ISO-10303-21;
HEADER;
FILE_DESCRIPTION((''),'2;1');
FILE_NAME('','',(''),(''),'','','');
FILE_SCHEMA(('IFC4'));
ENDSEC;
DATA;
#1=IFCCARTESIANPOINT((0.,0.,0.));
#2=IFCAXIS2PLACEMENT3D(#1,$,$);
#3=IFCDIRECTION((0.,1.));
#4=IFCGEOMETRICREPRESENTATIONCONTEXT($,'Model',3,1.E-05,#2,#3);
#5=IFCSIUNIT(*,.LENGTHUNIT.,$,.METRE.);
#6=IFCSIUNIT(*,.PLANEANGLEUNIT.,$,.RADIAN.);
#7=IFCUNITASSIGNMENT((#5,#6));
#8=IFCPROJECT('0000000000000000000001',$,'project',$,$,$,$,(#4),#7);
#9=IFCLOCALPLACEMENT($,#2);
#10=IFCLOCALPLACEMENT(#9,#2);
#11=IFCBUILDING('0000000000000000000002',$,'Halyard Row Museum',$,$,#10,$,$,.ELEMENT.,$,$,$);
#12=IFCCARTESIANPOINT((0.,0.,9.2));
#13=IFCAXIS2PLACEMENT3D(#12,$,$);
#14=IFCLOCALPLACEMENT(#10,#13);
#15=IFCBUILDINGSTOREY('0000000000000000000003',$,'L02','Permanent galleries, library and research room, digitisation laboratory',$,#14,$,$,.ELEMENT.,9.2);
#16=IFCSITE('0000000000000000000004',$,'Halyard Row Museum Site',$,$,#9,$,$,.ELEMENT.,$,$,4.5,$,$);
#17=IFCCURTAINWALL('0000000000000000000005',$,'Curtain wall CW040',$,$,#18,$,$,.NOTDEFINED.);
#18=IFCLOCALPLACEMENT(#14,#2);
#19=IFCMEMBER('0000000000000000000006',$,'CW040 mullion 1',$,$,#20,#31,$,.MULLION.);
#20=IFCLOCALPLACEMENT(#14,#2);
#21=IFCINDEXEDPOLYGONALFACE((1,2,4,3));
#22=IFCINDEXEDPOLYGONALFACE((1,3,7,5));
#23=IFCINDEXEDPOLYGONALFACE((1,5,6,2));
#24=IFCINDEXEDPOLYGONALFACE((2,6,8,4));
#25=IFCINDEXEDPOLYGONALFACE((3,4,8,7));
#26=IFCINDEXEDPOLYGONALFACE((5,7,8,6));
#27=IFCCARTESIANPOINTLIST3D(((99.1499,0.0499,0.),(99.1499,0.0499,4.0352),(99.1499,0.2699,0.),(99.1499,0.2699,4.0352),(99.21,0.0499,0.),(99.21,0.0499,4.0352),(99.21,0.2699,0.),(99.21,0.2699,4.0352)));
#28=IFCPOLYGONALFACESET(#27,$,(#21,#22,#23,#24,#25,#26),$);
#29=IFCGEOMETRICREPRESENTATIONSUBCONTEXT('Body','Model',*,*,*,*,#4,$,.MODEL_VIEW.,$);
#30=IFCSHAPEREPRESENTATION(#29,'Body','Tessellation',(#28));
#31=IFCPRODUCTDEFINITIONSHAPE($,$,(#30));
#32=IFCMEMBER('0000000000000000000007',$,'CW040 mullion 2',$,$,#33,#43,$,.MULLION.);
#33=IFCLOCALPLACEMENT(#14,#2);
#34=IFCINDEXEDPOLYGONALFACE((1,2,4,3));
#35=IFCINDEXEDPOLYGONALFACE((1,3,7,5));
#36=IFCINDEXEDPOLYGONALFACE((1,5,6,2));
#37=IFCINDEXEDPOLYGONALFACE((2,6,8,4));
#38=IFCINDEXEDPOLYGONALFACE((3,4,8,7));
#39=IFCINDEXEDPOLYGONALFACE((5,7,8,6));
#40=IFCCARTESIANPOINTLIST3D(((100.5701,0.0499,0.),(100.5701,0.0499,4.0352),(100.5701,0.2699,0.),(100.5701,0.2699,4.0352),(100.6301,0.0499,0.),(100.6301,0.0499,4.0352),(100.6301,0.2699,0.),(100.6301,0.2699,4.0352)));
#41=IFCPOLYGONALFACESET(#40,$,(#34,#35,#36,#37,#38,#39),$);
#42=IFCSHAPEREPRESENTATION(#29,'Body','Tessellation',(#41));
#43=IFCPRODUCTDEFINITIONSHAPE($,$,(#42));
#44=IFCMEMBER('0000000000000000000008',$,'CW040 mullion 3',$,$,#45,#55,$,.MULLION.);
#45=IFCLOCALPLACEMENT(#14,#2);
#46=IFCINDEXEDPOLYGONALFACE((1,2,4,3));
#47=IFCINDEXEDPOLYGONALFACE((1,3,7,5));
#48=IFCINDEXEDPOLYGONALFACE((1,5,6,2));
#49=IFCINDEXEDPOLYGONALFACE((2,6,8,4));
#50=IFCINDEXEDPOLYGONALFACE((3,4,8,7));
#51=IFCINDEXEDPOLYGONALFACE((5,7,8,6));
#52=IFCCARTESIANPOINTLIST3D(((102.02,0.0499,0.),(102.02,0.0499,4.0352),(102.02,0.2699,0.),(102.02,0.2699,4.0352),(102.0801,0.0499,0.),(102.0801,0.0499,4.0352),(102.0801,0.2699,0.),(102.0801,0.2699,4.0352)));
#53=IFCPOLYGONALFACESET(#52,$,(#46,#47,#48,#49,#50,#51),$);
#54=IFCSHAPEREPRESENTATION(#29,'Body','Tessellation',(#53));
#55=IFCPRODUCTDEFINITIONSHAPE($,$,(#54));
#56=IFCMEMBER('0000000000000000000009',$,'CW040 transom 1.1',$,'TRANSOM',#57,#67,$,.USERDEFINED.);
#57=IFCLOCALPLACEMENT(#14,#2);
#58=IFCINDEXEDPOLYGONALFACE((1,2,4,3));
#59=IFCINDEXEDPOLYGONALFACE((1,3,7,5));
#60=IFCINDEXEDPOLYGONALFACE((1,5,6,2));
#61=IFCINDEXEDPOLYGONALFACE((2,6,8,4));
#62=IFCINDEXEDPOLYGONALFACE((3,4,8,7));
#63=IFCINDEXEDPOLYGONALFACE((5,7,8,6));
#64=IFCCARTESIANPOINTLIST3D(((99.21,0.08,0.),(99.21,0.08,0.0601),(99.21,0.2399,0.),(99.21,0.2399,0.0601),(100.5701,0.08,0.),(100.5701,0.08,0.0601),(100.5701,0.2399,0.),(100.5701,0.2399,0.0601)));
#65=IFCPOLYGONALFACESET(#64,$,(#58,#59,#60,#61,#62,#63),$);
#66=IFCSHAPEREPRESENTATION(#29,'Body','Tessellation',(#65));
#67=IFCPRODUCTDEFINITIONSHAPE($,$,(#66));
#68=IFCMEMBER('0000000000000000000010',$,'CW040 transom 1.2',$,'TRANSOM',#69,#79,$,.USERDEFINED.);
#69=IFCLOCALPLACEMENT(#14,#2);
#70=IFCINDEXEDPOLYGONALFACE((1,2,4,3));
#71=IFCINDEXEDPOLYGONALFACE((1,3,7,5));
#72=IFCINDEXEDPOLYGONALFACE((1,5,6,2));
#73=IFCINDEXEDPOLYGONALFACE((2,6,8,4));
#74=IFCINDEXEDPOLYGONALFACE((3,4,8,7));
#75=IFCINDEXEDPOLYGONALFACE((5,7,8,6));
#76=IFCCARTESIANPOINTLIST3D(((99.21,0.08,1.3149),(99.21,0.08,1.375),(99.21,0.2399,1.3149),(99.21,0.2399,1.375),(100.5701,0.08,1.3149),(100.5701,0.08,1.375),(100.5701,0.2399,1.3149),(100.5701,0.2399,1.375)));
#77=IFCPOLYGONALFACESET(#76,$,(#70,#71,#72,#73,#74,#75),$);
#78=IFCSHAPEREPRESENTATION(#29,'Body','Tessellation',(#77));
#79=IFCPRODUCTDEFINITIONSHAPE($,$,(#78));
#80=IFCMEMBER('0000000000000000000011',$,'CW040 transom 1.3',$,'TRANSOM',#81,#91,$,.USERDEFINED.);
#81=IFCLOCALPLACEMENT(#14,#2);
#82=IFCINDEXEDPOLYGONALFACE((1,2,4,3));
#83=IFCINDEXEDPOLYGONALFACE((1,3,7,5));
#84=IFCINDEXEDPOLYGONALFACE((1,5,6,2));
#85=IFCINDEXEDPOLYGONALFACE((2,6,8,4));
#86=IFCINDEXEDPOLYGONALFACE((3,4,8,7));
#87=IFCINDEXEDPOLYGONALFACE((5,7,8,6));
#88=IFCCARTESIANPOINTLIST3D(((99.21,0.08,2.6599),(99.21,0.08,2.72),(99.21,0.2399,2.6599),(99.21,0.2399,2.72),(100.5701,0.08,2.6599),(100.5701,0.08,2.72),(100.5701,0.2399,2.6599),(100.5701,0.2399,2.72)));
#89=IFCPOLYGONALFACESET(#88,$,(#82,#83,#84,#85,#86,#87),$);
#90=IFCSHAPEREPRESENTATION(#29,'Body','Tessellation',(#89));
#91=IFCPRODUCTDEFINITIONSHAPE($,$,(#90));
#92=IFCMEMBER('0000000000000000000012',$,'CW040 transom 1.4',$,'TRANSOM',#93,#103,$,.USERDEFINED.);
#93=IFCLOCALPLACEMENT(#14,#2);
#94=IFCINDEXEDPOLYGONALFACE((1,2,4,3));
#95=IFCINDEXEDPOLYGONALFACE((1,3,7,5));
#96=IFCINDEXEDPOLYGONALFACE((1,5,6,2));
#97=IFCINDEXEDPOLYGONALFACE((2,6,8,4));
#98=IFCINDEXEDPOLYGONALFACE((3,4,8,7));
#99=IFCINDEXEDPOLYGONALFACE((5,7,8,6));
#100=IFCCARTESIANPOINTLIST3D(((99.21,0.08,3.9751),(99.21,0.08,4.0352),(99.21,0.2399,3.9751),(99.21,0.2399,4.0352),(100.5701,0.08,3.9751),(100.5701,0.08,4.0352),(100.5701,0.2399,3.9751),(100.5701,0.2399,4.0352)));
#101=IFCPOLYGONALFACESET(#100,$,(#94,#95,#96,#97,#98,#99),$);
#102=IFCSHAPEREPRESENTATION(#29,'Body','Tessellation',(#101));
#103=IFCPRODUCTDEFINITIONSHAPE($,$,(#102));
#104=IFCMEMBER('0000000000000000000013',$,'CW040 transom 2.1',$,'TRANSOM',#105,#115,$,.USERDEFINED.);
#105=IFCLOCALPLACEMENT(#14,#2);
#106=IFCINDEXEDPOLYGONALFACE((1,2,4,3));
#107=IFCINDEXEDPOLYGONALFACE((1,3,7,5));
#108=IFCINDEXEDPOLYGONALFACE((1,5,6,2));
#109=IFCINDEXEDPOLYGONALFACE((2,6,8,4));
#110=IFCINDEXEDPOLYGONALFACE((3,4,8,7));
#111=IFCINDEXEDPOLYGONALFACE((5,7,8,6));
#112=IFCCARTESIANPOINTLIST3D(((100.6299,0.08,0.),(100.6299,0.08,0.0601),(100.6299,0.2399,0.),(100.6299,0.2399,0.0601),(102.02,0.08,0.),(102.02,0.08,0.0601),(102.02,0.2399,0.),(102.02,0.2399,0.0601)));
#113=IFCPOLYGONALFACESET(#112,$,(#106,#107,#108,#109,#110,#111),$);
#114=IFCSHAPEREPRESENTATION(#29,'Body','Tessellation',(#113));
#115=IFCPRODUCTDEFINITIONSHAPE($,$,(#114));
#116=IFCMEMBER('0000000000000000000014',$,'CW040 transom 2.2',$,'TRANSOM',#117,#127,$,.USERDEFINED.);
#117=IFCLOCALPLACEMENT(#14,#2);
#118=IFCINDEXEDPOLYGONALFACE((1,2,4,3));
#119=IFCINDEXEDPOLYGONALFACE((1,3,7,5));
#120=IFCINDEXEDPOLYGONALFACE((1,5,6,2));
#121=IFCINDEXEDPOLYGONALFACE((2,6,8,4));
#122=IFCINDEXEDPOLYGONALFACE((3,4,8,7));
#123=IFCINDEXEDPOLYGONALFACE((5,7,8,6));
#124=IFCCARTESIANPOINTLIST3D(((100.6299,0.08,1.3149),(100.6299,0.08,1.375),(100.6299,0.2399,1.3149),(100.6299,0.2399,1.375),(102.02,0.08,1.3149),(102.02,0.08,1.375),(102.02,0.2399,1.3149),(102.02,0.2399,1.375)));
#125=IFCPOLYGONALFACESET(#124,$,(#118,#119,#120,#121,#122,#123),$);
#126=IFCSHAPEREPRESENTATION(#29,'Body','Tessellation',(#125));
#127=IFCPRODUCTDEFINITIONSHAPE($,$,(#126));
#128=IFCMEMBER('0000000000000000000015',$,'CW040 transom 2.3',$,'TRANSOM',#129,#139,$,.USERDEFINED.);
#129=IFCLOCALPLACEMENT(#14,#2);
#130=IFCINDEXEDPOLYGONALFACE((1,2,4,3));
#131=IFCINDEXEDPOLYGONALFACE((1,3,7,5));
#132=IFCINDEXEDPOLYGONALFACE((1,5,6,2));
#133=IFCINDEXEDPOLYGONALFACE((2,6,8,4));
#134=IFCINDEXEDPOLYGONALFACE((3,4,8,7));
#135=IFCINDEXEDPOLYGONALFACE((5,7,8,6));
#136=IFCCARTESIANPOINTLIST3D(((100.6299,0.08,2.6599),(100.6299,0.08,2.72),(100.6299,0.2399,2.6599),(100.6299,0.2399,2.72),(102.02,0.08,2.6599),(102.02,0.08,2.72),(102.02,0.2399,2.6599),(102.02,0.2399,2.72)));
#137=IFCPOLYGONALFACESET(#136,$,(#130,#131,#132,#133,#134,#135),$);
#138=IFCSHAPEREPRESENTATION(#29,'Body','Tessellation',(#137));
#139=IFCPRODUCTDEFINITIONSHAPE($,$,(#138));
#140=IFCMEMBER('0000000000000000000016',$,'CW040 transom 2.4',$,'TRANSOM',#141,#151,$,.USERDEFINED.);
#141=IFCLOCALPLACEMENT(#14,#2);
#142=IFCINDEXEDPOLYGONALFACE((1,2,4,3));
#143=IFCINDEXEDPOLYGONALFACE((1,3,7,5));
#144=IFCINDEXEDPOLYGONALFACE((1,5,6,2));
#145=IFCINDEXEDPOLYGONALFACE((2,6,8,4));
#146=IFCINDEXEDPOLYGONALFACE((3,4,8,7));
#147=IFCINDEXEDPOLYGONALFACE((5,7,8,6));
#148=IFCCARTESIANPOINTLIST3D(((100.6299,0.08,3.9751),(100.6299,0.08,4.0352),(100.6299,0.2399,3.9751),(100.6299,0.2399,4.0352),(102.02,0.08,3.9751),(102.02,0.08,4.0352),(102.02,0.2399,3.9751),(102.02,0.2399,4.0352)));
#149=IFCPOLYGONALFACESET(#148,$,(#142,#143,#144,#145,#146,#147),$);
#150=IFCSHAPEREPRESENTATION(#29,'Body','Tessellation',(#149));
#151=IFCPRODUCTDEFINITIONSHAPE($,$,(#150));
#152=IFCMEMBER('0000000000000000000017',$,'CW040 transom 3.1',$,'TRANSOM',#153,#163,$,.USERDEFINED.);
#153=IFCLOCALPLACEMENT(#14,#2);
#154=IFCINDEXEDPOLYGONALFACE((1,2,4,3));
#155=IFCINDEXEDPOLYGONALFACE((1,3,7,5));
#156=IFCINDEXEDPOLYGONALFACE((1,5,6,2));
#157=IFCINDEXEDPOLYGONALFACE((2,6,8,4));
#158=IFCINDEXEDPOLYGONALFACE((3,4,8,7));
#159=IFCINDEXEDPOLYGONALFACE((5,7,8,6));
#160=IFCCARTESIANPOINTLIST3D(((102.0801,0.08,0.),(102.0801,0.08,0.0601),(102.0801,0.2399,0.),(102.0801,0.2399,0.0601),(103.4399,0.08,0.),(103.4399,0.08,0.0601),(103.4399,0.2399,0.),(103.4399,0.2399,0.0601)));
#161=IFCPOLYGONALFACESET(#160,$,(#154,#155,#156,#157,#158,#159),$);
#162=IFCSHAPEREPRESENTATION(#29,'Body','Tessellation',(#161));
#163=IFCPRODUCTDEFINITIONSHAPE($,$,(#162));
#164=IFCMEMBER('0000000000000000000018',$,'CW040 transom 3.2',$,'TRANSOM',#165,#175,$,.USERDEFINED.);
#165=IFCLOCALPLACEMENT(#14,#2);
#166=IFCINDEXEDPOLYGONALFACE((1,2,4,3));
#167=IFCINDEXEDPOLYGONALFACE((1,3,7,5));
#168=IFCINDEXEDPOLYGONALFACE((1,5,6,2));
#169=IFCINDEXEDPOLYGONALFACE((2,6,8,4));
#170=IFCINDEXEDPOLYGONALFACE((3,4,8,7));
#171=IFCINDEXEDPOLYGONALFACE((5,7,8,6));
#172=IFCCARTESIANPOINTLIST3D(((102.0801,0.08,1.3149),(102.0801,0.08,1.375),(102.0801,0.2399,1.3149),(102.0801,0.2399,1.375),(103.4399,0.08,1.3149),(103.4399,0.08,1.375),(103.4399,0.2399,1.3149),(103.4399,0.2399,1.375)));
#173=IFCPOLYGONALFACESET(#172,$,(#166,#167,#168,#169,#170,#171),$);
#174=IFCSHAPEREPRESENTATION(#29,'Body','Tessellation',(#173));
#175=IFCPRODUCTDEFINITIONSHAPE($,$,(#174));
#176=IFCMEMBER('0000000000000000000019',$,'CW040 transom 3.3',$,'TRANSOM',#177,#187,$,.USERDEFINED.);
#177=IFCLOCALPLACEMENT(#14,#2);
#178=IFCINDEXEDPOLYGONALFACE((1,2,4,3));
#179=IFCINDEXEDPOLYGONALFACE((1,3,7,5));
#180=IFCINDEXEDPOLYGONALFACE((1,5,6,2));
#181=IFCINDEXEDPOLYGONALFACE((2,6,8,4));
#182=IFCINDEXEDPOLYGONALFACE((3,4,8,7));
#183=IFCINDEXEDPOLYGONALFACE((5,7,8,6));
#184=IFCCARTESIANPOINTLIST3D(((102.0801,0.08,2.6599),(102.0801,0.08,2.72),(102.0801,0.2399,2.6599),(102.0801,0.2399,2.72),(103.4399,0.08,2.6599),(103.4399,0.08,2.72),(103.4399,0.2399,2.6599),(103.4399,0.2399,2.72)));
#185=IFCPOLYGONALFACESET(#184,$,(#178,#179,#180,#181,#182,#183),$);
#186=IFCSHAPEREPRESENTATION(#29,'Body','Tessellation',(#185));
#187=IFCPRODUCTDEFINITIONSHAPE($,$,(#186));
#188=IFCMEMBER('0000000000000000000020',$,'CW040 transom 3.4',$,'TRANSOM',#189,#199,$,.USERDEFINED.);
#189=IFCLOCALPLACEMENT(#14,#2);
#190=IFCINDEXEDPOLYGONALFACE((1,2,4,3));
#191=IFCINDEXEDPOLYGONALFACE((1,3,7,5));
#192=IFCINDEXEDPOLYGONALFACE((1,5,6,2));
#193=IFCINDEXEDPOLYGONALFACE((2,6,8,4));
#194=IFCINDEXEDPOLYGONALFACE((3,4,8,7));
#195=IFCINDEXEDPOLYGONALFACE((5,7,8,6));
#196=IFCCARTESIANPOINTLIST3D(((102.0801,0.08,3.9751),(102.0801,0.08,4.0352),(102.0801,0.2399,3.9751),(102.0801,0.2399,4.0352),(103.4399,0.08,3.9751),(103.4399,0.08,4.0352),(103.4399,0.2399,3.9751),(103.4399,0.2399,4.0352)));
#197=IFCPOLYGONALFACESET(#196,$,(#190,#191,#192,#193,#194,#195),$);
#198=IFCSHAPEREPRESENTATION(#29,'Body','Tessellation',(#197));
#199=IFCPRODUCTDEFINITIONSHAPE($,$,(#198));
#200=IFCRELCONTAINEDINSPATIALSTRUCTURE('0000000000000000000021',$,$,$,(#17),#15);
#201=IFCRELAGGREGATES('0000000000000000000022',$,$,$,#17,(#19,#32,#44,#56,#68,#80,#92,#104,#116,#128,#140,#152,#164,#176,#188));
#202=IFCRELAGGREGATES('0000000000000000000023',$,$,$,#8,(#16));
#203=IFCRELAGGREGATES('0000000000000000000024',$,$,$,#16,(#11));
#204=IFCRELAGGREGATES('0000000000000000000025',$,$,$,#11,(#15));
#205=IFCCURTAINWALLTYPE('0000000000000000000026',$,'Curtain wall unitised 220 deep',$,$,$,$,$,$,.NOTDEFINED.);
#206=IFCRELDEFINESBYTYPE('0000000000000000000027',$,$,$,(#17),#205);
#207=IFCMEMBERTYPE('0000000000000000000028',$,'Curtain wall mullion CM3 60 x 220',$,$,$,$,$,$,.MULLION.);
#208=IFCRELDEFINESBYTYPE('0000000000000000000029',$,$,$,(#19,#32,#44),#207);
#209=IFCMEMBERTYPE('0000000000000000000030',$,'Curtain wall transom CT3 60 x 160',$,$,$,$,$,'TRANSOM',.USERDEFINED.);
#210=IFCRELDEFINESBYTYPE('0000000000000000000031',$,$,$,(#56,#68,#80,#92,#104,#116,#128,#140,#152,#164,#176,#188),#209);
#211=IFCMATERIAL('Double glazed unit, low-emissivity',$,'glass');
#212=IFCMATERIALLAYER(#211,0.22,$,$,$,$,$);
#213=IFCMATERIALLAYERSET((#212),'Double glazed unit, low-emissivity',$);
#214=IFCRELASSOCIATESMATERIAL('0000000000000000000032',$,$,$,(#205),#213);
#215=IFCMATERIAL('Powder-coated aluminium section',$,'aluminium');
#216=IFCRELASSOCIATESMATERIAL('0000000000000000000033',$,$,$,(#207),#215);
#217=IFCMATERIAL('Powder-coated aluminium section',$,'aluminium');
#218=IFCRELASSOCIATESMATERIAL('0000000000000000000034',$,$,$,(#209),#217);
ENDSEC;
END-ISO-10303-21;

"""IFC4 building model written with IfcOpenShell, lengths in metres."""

from ifc_helpers import new_model, si_unit, direction, frame, origin, origin_2d, place, context, subcontext, project, spatial, rectangle, extrude, material, layer, layer_set, material_profile, profile_set, type_object, element, aggregate, save


model = new_model("IFC4")

# Units and contexts
model_context = context("Model", 3, precision=1e-05, world=origin(), true_north=direction((0.0, 1.0)))
body_context = subcontext(model_context, "Body", "Model", "MODEL_VIEW")
ifc_project = project(units=[si_unit("LENGTHUNIT", "METRE"), si_unit("PLANEANGLEUNIT", "RADIAN")], contexts=[model_context])

# Site, building, storey
site_placement = place(None, origin())
site = spatial("IfcSite", under=ifc_project, at=site_placement, Name="Halyard Row Museum Site", CompositionType="ELEMENT", RefElevation=4.5)
building_placement = place(site_placement, origin())
building = spatial("IfcBuilding", under=site, at=building_placement, Name="Halyard Row Museum", CompositionType="ELEMENT")
storey_placement = place(building_placement, frame((0.0, 0.0, 9.2)))
storey = spatial("IfcBuildingStorey", under=building, at=storey_placement, Name="L02", Description="Permanent galleries, library and research room, digitisation laboratory", CompositionType="ELEMENT", Elevation=9.2)

# Curtain wall, members
ifc_material_1 = material(Name="Double glazed unit, low-emissivity", Category="glass")
ifc_layer_1 = layer(ifc_material_1, 0.22)
ifc_layer_set_1 = layer_set([ifc_layer_1], Name="Double glazed unit, low-emissivity")
curtain_wall_type = type_object("IfcCurtainWallType", Name="Curtain wall unitised 220 deep", PredefinedType="NOTDEFINED", material=ifc_layer_set_1)
curtain_wall_placement = place(storey_placement, origin())
curtain_wall = element("IfcCurtainWall", 1, at=curtain_wall_placement, inside=storey, type_object=curtain_wall_type, Name="Curtain wall CW040", PredefinedType="NOTDEFINED")
ifc_material_2 = material(Name="Powder-coated aluminium section", Category="aluminium")
ifc_material_profile_1 = material_profile(ifc_material_2, rectangle(XDim=0.22, YDim=0.0601, at=origin_2d()), Name="220x60 mullion")
ifc_profile_set_1 = profile_set([ifc_material_profile_1], Name="Powder-coated aluminium section")
member_type_1 = type_object("IfcMemberType", Name="Curtain wall mullion CM3 60 x 220", PredefinedType="MULLION", material=ifc_profile_set_1)
member_1_placement = place(storey_placement, frame((99.1799, 0.1599, 0.0), z_axis=(0.0, 0.0, 1.0), x_axis=(0.0, 1.0, 0.0)))
member_1 = element("IfcMember", 2, at=member_1_placement, type_object=member_type_1, Name="CW040 mullion 1", PredefinedType="MULLION", context=body_context, shape_type="SweptSolid", body=[
    extrude(rectangle(XDim=0.22, YDim=0.0601, at=origin_2d()), origin(), (0.0, 0.0, 1.0), 4.0352),
])
member_2_placement = place(storey_placement, frame((100.6001, 0.1599, 0.0), z_axis=(0.0, 0.0, 1.0), x_axis=(0.0, 1.0, 0.0)))
member_2 = element("IfcMember", 3, at=member_2_placement, type_object=member_type_1, Name="CW040 mullion 2", PredefinedType="MULLION", context=body_context, shape_type="SweptSolid", body=[
    extrude(rectangle(XDim=0.22, YDim=0.0601, at=origin_2d()), origin(), (0.0, 0.0, 1.0), 4.0352),
])
member_3_placement = place(storey_placement, frame((102.05, 0.1599, 0.0), z_axis=(0.0, 0.0, 1.0), x_axis=(0.0, 1.0, 0.0)))
member_3 = element("IfcMember", 4, at=member_3_placement, type_object=member_type_1, Name="CW040 mullion 3", PredefinedType="MULLION", context=body_context, shape_type="SweptSolid", body=[
    extrude(rectangle(XDim=0.22, YDim=0.0601, at=origin_2d()), origin(), (0.0, 0.0, 1.0), 4.0352),
])
ifc_material_3 = material(Name="Powder-coated aluminium section", Category="aluminium")
ifc_material_profile_2 = material_profile(ifc_material_3, rectangle(XDim=0.1599, YDim=0.0601, at=origin_2d()), Name="160x60 transom")
ifc_profile_set_2 = profile_set([ifc_material_profile_2], Name="Powder-coated aluminium section")
member_type_2 = type_object("IfcMemberType", Name="Curtain wall transom CT3 60 x 160", ElementType="TRANSOM", PredefinedType="USERDEFINED", material=ifc_profile_set_2)
member_4_placement = place(storey_placement, frame((99.21, 0.1599, 0.03), z_axis=(1.0, 0.0, 0.0), x_axis=(0.0, 1.0, 0.0)))
member_4 = element("IfcMember", 5, at=member_4_placement, type_object=member_type_2, Name="CW040 transom 1.1", ObjectType="TRANSOM", PredefinedType="USERDEFINED", context=body_context, shape_type="SweptSolid", body=[
    extrude(rectangle(XDim=0.1599, YDim=0.0601, at=origin_2d()), origin(), (0.0, 0.0, 1.0), 1.3601),
])
member_5_placement = place(storey_placement, frame((99.21, 0.1599, 1.345), z_axis=(1.0, 0.0, 0.0), x_axis=(0.0, 1.0, 0.0)))
member_5 = element("IfcMember", 6, at=member_5_placement, type_object=member_type_2, Name="CW040 transom 1.2", ObjectType="TRANSOM", PredefinedType="USERDEFINED", context=body_context, shape_type="SweptSolid", body=[
    extrude(rectangle(XDim=0.1599, YDim=0.0601, at=origin_2d()), origin(), (0.0, 0.0, 1.0), 1.3601),
])
member_6_placement = place(storey_placement, frame((99.21, 0.1599, 2.6899), z_axis=(1.0, 0.0, 0.0), x_axis=(0.0, 1.0, 0.0)))
member_6 = element("IfcMember", 7, at=member_6_placement, type_object=member_type_2, Name="CW040 transom 1.3", ObjectType="TRANSOM", PredefinedType="USERDEFINED", context=body_context, shape_type="SweptSolid", body=[
    extrude(rectangle(XDim=0.1599, YDim=0.0601, at=origin_2d()), origin(), (0.0, 0.0, 1.0), 1.3601),
])
member_7_placement = place(storey_placement, frame((99.21, 0.1599, 4.0051), z_axis=(1.0, 0.0, 0.0), x_axis=(0.0, 1.0, 0.0)))
member_7 = element("IfcMember", 8, at=member_7_placement, type_object=member_type_2, Name="CW040 transom 1.4", ObjectType="TRANSOM", PredefinedType="USERDEFINED", context=body_context, shape_type="SweptSolid", body=[
    extrude(rectangle(XDim=0.1599, YDim=0.0601, at=origin_2d()), origin(), (0.0, 0.0, 1.0), 1.3601),
])
member_8_placement = place(storey_placement, frame((100.6299, 0.1599, 0.03), z_axis=(1.0, 0.0, 0.0), x_axis=(0.0, 1.0, 0.0)))
member_8 = element("IfcMember", 9, at=member_8_placement, type_object=member_type_2, Name="CW040 transom 2.1", ObjectType="TRANSOM", PredefinedType="USERDEFINED", context=body_context, shape_type="SweptSolid", body=[
    extrude(rectangle(XDim=0.1599, YDim=0.0601, at=origin_2d()), origin(), (0.0, 0.0, 1.0), 1.3901),
])
member_9_placement = place(storey_placement, frame((100.6299, 0.1599, 1.345), z_axis=(1.0, 0.0, 0.0), x_axis=(0.0, 1.0, 0.0)))
member_9 = element("IfcMember", 10, at=member_9_placement, type_object=member_type_2, Name="CW040 transom 2.2", ObjectType="TRANSOM", PredefinedType="USERDEFINED", context=body_context, shape_type="SweptSolid", body=[
    extrude(rectangle(XDim=0.1599, YDim=0.0601, at=origin_2d()), origin(), (0.0, 0.0, 1.0), 1.3901),
])
member_10_placement = place(storey_placement, frame((100.6299, 0.1599, 2.6899), z_axis=(1.0, 0.0, 0.0), x_axis=(0.0, 1.0, 0.0)))
member_10 = element("IfcMember", 11, at=member_10_placement, type_object=member_type_2, Name="CW040 transom 2.3", ObjectType="TRANSOM", PredefinedType="USERDEFINED", context=body_context, shape_type="SweptSolid", body=[
    extrude(rectangle(XDim=0.1599, YDim=0.0601, at=origin_2d()), origin(), (0.0, 0.0, 1.0), 1.3901),
])
member_11_placement = place(storey_placement, frame((100.6299, 0.1599, 4.0051), z_axis=(1.0, 0.0, 0.0), x_axis=(0.0, 1.0, 0.0)))
member_11 = element("IfcMember", 12, at=member_11_placement, type_object=member_type_2, Name="CW040 transom 2.4", ObjectType="TRANSOM", PredefinedType="USERDEFINED", context=body_context, shape_type="SweptSolid", body=[
    extrude(rectangle(XDim=0.1599, YDim=0.0601, at=origin_2d()), origin(), (0.0, 0.0, 1.0), 1.3901),
])
member_12_placement = place(storey_placement, frame((102.0801, 0.1599, 0.03), z_axis=(1.0, 0.0, 0.0), x_axis=(0.0, 1.0, 0.0)))
member_12 = element("IfcMember", 13, at=member_12_placement, type_object=member_type_2, Name="CW040 transom 3.1", ObjectType="TRANSOM", PredefinedType="USERDEFINED", context=body_context, shape_type="SweptSolid", body=[
    extrude(rectangle(XDim=0.1599, YDim=0.0601, at=origin_2d()), origin(), (0.0, 0.0, 1.0), 1.3599),
])
member_13_placement = place(storey_placement, frame((102.0801, 0.1599, 1.345), z_axis=(1.0, 0.0, 0.0), x_axis=(0.0, 1.0, 0.0)))
member_13 = element("IfcMember", 14, at=member_13_placement, type_object=member_type_2, Name="CW040 transom 3.2", ObjectType="TRANSOM", PredefinedType="USERDEFINED", context=body_context, shape_type="SweptSolid", body=[
    extrude(rectangle(XDim=0.1599, YDim=0.0601, at=origin_2d()), origin(), (0.0, 0.0, 1.0), 1.3599),
])
member_14_placement = place(storey_placement, frame((102.0801, 0.1599, 2.6899), z_axis=(1.0, 0.0, 0.0), x_axis=(0.0, 1.0, 0.0)))
member_14 = element("IfcMember", 15, at=member_14_placement, type_object=member_type_2, Name="CW040 transom 3.3", ObjectType="TRANSOM", PredefinedType="USERDEFINED", context=body_context, shape_type="SweptSolid", body=[
    extrude(rectangle(XDim=0.1599, YDim=0.0601, at=origin_2d()), origin(), (0.0, 0.0, 1.0), 1.3599),
])
member_15_placement = place(storey_placement, frame((102.0801, 0.1599, 4.0051), z_axis=(1.0, 0.0, 0.0), x_axis=(0.0, 1.0, 0.0)))
member_15 = element("IfcMember", 16, at=member_15_placement, type_object=member_type_2, Name="CW040 transom 3.4", ObjectType="TRANSOM", PredefinedType="USERDEFINED", context=body_context, shape_type="SweptSolid", body=[
    extrude(rectangle(XDim=0.1599, YDim=0.0601, at=origin_2d()), origin(), (0.0, 0.0, 1.0), 1.3599),
])

aggregate(curtain_wall, [member_1, member_2, member_3, member_4, member_5, member_6, member_7, member_8, member_9, member_10, member_11, member_12, member_13, member_14, member_15])

save(model, "model.ifc")
